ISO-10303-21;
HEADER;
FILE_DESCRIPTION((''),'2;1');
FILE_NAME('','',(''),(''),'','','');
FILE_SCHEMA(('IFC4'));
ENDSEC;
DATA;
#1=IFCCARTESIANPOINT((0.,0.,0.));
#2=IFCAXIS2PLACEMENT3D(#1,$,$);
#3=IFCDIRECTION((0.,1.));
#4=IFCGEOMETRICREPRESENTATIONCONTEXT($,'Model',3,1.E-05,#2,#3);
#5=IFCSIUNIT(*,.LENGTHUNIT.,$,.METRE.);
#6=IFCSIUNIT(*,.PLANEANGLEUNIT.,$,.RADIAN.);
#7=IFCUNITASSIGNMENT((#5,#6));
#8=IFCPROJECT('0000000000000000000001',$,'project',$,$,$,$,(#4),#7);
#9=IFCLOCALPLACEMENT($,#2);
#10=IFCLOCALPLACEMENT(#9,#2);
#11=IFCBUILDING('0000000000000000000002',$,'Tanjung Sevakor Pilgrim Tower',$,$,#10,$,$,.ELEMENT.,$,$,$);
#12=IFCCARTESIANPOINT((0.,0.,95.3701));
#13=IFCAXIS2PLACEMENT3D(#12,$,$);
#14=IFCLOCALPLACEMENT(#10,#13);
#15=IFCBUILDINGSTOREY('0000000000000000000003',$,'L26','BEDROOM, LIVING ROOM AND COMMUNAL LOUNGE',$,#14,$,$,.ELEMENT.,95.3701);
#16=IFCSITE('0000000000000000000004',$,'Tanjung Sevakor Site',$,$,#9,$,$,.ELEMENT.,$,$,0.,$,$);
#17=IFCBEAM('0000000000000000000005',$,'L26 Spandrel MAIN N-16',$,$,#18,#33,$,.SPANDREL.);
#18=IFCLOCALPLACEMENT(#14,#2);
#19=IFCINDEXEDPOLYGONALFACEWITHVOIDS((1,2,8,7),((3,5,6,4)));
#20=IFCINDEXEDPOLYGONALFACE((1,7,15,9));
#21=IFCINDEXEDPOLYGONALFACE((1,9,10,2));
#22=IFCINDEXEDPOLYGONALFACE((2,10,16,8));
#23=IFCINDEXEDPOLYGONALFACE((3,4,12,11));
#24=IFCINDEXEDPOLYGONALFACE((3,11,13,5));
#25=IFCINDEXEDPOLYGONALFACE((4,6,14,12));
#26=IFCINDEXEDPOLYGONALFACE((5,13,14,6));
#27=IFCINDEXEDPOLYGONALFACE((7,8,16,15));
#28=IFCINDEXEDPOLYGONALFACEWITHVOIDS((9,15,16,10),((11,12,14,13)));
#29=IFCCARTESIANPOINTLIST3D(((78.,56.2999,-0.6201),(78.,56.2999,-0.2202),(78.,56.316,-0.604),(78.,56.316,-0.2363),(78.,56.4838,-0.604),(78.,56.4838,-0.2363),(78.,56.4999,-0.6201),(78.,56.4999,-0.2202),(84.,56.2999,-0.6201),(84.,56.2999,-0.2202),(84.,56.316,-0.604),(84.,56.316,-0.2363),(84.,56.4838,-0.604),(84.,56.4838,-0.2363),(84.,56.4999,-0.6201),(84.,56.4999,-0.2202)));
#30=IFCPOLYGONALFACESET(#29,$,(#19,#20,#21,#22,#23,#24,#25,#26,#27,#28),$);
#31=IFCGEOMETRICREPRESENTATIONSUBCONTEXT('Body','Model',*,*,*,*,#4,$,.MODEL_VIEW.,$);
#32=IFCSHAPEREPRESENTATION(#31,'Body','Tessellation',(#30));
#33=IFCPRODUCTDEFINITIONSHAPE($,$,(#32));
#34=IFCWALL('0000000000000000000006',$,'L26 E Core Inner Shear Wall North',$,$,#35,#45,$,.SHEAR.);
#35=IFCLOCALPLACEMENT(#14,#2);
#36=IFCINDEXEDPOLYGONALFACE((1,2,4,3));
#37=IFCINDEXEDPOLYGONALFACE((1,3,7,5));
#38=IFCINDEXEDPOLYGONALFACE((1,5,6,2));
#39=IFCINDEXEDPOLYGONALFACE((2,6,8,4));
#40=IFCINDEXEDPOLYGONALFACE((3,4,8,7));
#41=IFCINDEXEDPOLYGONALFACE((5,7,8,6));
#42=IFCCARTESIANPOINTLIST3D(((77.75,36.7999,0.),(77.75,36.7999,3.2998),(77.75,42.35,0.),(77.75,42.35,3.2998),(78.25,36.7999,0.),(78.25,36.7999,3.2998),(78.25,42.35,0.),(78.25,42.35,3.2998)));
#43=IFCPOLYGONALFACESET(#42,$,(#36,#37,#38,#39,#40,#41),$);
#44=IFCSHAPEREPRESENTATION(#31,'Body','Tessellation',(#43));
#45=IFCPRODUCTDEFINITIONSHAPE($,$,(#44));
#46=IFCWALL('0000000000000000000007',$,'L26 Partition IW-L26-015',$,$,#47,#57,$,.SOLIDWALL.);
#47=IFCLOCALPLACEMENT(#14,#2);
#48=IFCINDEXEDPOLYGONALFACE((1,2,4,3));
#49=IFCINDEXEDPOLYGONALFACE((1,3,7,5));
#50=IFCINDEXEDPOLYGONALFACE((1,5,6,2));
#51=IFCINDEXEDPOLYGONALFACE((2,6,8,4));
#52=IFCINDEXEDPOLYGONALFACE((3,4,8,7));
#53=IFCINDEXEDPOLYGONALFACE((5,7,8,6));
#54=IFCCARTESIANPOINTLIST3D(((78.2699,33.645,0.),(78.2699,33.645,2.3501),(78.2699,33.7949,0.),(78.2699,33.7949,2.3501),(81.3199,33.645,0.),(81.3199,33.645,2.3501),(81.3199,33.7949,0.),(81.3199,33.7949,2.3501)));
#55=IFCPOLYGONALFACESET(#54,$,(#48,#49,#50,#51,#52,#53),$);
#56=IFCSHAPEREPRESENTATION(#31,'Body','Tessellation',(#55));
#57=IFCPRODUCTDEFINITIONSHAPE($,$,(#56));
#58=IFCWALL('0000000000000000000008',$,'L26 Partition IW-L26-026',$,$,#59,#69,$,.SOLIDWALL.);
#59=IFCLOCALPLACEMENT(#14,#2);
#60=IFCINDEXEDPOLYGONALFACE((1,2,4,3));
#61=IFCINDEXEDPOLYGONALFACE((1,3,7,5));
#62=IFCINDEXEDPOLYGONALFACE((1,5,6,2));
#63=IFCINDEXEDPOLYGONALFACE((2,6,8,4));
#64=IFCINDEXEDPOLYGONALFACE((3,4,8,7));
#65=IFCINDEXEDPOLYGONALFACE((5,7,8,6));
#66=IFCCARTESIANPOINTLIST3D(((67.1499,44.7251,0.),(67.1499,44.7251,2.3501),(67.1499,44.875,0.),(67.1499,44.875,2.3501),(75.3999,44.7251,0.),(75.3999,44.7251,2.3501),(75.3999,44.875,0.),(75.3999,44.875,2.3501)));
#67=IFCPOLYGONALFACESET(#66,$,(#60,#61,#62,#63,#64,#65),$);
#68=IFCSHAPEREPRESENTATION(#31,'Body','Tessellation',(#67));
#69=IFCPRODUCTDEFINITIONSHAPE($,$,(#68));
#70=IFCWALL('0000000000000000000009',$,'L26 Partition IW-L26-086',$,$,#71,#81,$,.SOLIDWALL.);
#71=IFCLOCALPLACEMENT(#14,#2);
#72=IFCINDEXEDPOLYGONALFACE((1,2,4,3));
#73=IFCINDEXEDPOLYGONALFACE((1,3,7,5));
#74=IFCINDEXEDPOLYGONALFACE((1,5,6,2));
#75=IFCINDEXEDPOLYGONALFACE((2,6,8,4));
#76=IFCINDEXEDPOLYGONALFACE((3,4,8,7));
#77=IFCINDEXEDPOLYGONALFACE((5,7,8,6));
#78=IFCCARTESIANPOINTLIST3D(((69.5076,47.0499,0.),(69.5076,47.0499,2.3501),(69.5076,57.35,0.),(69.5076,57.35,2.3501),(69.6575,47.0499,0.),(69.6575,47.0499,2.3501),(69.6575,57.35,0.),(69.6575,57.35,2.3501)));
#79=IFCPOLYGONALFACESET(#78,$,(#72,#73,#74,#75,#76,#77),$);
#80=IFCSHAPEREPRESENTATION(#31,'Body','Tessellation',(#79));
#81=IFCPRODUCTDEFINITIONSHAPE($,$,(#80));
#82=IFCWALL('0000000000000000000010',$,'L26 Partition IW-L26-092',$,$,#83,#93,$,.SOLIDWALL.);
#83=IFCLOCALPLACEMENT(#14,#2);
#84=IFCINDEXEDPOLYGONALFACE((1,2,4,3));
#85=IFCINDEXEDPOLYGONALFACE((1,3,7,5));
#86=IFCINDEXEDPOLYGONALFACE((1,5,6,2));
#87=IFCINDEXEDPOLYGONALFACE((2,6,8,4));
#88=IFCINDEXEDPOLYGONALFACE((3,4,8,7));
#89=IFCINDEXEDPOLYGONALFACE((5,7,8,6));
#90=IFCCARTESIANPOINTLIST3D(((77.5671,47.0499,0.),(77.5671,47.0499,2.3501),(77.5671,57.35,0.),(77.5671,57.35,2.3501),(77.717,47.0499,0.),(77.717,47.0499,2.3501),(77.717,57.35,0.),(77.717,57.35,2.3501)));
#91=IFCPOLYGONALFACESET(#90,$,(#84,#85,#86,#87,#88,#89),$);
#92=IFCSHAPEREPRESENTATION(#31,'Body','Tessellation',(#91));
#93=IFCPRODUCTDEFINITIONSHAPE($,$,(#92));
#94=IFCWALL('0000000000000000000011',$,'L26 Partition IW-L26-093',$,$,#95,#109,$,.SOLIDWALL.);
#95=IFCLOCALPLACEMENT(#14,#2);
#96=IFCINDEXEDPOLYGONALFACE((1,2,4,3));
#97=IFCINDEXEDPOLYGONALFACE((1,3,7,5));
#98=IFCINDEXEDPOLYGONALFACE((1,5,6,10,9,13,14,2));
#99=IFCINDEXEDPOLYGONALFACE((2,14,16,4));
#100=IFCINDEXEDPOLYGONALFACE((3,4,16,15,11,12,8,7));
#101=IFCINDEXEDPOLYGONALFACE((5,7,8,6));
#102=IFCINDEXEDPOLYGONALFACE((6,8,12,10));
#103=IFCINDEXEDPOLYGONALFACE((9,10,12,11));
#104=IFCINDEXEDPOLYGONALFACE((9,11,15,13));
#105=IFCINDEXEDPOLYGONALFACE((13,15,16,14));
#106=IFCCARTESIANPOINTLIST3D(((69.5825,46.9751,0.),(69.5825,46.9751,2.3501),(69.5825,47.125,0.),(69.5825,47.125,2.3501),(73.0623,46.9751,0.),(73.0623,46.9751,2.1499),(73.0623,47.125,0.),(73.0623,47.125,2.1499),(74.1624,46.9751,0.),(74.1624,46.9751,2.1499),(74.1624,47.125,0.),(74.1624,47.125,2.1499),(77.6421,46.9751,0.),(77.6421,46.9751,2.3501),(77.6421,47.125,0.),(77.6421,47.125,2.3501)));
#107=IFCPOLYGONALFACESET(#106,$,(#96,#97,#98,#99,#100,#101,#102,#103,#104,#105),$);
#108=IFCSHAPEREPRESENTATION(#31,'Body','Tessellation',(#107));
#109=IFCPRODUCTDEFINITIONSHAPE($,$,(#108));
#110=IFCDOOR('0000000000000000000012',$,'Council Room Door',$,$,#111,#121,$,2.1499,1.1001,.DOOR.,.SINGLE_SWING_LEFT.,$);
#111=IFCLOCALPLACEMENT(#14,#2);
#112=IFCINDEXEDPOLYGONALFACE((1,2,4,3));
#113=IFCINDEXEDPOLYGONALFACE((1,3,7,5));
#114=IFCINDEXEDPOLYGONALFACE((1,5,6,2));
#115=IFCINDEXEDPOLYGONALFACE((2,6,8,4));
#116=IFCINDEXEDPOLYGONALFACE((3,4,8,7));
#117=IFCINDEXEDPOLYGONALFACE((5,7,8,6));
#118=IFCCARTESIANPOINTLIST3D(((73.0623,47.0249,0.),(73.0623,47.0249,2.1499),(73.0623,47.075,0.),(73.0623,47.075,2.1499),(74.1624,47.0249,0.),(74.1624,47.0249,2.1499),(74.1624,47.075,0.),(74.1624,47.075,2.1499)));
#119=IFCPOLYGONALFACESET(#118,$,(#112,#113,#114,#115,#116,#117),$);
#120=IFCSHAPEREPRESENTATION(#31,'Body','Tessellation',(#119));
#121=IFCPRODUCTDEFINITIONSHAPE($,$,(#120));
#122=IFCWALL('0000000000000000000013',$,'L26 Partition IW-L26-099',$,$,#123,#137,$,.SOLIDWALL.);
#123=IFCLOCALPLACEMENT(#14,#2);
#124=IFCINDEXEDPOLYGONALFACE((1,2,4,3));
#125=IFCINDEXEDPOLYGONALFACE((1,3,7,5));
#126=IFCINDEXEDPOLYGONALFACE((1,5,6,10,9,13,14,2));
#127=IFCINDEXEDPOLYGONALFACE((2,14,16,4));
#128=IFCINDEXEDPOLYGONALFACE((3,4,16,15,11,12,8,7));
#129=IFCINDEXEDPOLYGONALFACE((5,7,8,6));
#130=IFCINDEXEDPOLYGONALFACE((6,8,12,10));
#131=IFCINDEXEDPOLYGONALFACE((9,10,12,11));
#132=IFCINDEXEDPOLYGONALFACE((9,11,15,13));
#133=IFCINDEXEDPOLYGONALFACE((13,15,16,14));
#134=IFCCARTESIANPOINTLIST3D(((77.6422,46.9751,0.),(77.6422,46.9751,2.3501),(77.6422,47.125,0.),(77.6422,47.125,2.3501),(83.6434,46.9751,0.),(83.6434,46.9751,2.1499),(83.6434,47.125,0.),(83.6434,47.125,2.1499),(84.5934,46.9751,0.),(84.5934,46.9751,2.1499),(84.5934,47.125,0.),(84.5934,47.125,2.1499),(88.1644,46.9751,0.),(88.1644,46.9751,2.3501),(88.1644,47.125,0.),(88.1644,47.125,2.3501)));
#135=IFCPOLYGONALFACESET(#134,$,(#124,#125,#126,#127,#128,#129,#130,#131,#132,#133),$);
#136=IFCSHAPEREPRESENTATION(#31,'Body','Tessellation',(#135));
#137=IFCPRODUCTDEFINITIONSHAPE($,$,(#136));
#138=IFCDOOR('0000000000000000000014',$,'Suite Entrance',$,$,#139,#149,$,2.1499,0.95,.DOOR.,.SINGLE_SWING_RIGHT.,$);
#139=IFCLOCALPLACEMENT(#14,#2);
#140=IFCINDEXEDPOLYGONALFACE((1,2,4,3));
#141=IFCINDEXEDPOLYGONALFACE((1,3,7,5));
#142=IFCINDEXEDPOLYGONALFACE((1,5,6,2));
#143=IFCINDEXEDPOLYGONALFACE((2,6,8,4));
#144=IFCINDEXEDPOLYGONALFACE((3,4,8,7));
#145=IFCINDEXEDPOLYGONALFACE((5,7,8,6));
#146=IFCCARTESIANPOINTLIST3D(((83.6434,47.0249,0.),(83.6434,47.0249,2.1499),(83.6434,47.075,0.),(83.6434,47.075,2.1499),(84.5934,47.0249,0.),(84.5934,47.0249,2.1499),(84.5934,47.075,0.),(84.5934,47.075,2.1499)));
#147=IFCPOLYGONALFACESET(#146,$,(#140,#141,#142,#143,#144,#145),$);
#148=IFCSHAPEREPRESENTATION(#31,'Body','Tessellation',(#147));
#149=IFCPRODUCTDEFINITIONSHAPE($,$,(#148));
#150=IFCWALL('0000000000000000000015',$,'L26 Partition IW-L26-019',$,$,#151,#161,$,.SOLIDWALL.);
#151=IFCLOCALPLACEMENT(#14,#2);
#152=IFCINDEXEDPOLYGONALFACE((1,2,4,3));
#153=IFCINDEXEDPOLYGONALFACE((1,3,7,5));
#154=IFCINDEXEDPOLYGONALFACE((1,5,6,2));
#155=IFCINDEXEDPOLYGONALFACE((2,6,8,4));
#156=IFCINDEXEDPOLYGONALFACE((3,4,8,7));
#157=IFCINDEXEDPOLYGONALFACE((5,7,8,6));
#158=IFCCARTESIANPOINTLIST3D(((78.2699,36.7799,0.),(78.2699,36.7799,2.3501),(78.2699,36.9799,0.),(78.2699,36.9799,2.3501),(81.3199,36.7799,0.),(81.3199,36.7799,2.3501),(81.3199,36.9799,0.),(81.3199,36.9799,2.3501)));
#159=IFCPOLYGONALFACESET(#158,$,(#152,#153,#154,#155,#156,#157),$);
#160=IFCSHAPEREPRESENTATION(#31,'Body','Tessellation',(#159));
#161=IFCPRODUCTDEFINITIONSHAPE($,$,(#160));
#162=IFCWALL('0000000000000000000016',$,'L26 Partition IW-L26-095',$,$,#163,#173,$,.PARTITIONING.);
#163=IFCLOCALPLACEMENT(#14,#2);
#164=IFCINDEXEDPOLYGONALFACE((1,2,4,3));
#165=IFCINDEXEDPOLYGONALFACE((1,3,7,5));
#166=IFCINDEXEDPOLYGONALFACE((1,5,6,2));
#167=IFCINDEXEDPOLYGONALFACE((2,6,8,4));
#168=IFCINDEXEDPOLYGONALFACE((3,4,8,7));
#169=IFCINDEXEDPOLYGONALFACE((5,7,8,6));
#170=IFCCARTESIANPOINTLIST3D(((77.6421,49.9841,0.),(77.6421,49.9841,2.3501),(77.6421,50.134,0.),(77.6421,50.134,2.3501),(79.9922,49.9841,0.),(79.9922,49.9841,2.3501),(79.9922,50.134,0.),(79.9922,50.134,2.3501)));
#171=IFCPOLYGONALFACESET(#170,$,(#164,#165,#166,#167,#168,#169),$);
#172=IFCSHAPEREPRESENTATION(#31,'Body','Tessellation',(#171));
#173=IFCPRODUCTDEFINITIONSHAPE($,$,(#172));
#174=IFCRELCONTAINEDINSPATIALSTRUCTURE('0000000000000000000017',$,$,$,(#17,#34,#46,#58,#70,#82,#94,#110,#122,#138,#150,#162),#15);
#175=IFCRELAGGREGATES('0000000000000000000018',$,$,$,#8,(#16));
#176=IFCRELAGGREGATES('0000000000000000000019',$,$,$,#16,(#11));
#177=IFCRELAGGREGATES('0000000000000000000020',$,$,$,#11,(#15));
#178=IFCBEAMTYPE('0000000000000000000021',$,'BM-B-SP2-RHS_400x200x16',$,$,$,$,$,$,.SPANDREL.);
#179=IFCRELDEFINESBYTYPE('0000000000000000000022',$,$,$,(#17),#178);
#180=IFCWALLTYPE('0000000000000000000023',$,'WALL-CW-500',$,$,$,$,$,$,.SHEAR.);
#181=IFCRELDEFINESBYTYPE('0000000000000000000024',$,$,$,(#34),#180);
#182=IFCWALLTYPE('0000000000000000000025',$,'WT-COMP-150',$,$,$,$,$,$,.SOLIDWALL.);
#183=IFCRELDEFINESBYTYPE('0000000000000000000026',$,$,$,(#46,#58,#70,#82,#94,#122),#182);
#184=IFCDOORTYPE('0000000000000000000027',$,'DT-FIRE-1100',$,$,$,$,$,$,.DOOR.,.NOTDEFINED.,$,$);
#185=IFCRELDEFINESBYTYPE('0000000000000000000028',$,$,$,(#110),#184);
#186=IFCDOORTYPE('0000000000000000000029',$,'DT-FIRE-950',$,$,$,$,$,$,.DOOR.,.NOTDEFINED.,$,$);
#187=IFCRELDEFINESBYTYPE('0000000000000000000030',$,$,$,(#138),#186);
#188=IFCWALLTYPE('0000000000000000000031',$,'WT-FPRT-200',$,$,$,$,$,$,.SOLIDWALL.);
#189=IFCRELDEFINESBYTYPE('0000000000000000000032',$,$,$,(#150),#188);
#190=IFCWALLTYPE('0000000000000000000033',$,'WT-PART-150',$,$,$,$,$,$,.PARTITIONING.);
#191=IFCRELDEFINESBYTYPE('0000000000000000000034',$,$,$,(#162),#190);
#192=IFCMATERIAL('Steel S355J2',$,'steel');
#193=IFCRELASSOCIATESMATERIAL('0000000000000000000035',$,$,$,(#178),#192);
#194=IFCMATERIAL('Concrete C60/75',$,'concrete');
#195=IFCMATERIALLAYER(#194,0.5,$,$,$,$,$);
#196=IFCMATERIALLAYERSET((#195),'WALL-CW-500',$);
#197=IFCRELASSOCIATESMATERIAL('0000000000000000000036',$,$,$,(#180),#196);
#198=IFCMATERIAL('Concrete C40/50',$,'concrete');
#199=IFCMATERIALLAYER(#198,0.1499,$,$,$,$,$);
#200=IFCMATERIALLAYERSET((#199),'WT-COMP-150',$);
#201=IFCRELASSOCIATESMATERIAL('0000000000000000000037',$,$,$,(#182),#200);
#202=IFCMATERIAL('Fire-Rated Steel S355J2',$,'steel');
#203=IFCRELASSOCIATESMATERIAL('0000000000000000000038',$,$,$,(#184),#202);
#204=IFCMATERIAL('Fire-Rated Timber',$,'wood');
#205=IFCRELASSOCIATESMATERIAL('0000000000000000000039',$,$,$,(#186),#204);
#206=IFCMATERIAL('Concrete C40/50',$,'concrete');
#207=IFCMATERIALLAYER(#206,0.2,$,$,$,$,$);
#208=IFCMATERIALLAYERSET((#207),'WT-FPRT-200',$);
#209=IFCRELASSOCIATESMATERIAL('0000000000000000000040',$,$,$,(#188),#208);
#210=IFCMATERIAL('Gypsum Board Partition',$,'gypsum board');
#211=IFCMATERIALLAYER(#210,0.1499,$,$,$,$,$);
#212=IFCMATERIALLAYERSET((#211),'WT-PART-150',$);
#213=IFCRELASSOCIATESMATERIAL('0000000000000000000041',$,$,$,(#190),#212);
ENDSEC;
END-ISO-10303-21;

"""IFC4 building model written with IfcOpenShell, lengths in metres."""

from ifc_helpers import new_model, si_unit, direction, frame, frame_2d, origin, origin_2d, place, context, subcontext, project, spatial, rectangle, hollow_rectangle, extrude, material, layer, layer_set, material_profile, profile_set, type_object, element, fill, save


model = new_model("IFC4")

# Units and contexts
model_context = context("Model", 3, precision=1e-05, world=origin(), true_north=direction((0.0, 1.0)))
body_context = subcontext(model_context, "Body", "Model", "MODEL_VIEW")
ifc_project = project(units=[si_unit("LENGTHUNIT", "METRE"), si_unit("PLANEANGLEUNIT", "RADIAN")], contexts=[model_context])

# Site, building, storey
site_placement = place(None, origin())
site = spatial("IfcSite", under=ifc_project, at=site_placement, Name="Tanjung Sevakor Site", CompositionType="ELEMENT", RefElevation=0.0)
building_placement = place(site_placement, origin())
building = spatial("IfcBuilding", under=site, at=building_placement, Name="Tanjung Sevakor Pilgrim Tower", CompositionType="ELEMENT")
storey_placement = place(building_placement, frame((0.0, 0.0, 95.3701)))
storey = spatial("IfcBuildingStorey", under=building, at=storey_placement, Name="L26", Description="BEDROOM, LIVING ROOM AND COMMUNAL LOUNGE", CompositionType="ELEMENT", Elevation=95.3701)

# Beam
ifc_material_1 = material(Name="Steel S355J2", Category="steel")
ifc_material_profile_1 = material_profile(ifc_material_1, hollow_rectangle(XDim=0.2, YDim=0.3999, WallThickness=0.0161, at=origin_2d()))
ifc_profile_set_1 = profile_set([ifc_material_profile_1], Name="Steel S355J2")
beam_type_1 = type_object("IfcBeamType", Name="BM-B-SP2-RHS_400x200x16", PredefinedType="SPANDREL", material=ifc_profile_set_1)
for number, where, z_axis, x_axis, name in (
    (1, (78.0, 56.3999, -0.4202), (1.0, 0.0, 0.0), (0.0, 1.0, 0.0), "L26 Spandrel MAIN N-16"),
):
    element("IfcBeam", number, at=place(storey_placement, frame(where, z_axis=z_axis, x_axis=x_axis)), inside=storey, type_object=beam_type_1, Name=name, PredefinedType="SPANDREL", context=body_context, shape_type="SweptSolid", body=[
        extrude(hollow_rectangle(XDim=0.2, YDim=0.3999, WallThickness=0.0161, at=origin_2d()), origin(), (0.0, 0.0, 1.0), 6.0),
    ])

# Walls
ifc_material_2 = material(Name="Concrete C60/75", Category="concrete")
ifc_layer_1 = layer(ifc_material_2, 0.5)
ifc_layer_set_1 = layer_set([ifc_layer_1], Name="WALL-CW-500")
wall_type_1 = type_object("IfcWallType", Name="WALL-CW-500", PredefinedType="SHEAR", material=ifc_layer_set_1)
wall_1_placement = place(storey_placement, frame((78.0, 36.8, 0.0), z_axis=(0.0, 0.0, 1.0), x_axis=(0.0, 1.0, 0.0)))
element("IfcWall", 2, at=wall_1_placement, inside=storey, type_object=wall_type_1, Name="L26 E Core Inner Shear Wall North", PredefinedType="SHEAR", context=body_context, shape_type="SweptSolid", body=[
    extrude(rectangle(XDim=5.55, YDim=0.5, at=frame_2d((2.7749, 0.0))), origin(), (0.0, 0.0, 1.0), 3.2998),
])
ifc_material_3 = material(Name="Concrete C40/50", Category="concrete")
ifc_layer_2 = layer(ifc_material_3, 0.1499)
ifc_layer_set_2 = layer_set([ifc_layer_2], Name="WT-COMP-150")
wall_type_2 = type_object("IfcWallType", Name="WT-COMP-150", PredefinedType="SOLIDWALL", material=ifc_layer_set_2)
wall_2_placement = place(storey_placement, frame((78.27, 33.72, 0.0), z_axis=(0.0, 0.0, 1.0), x_axis=(1.0, 0.0, 0.0)))
element("IfcWall", 3, at=wall_2_placement, inside=storey, type_object=wall_type_2, Name="L26 Partition IW-L26-015", PredefinedType="SOLIDWALL", context=body_context, shape_type="SweptSolid", body=[
    extrude(rectangle(XDim=3.05, YDim=0.1499, at=frame_2d((1.5249, 0.0))), origin(), (0.0, 0.0, 1.0), 2.3501),
])
wall_3_placement = place(storey_placement, frame((67.1499, 44.8, 0.0), z_axis=(0.0, 0.0, 1.0), x_axis=(1.0, 0.0, 0.0)))
element("IfcWall", 4, at=wall_3_placement, inside=storey, type_object=wall_type_2, Name="L26 Partition IW-L26-026", PredefinedType="SOLIDWALL", context=body_context, shape_type="SweptSolid", body=[
    extrude(rectangle(XDim=8.25, YDim=0.1499, at=frame_2d((4.125, 0.0))), origin(), (0.0, 0.0, 1.0), 2.3501),
])
for number, where, z_axis, x_axis, name in (
    (5, (69.5825, 47.05, 0.0), (0.0, 0.0, 1.0), (0.0, 1.0, 0.0), "L26 Partition IW-L26-086"),
    (6, (77.6421, 47.05, 0.0), (0.0, 0.0, 1.0), (0.0, 1.0, 0.0), "L26 Partition IW-L26-092"),
):
    element("IfcWall", number, at=place(storey_placement, frame(where, z_axis=z_axis, x_axis=x_axis)), inside=storey, type_object=wall_type_2, Name=name, PredefinedType="SOLIDWALL", context=body_context, shape_type="SweptSolid", body=[
        extrude(rectangle(XDim=10.3, YDim=0.1499, at=frame_2d((5.1499, 0.0))), origin(), (0.0, 0.0, 1.0), 2.3501),
    ])

# Walls, openings, doors
wall_4_placement = place(storey_placement, frame((69.5825, 47.05, 0.0), z_axis=(0.0, 0.0, 1.0), x_axis=(1.0, 0.0, 0.0)))
wall_4 = element("IfcWall", 7, at=wall_4_placement, inside=storey, type_object=wall_type_2, Name="L26 Partition IW-L26-093", PredefinedType="SOLIDWALL", context=body_context, shape_type="SweptSolid", body=[
    extrude(rectangle(XDim=8.0596, YDim=0.1499, at=frame_2d((4.0298, 0.0))), origin(), (0.0, 0.0, 1.0), 2.3501),
])
opening_1_placement = place(wall_4_placement, frame((3.4797, 0.0, 0.0)))
opening_1 = element("IfcOpeningElement", 8, at=opening_1_placement, cuts=wall_4, PredefinedType="OPENING", context=body_context, shape_type="SweptSolid", body=[
    extrude(rectangle(XDim=1.1001, YDim=2.1499, at=frame_2d((0.55, 1.075))), frame((0.0, 0.085, 0.0), z_axis=(0.0, -1.0, 0.0), x_axis=(1.0, 0.0, 0.0)), (0.0, 0.0, 1.0), 0.1699),
])
ifc_material_4 = material(Name="Fire-Rated Steel S355J2", Category="steel")
door_type_1 = type_object("IfcDoorType", Name="DT-FIRE-1100", OperationType="NOTDEFINED", PredefinedType="DOOR", material=ifc_material_4)
door_1_placement = place(opening_1_placement, origin())
door_1 = element("IfcDoor", 9, at=door_1_placement, inside=storey, type_object=door_type_1, Name="Council Room Door", OperationType="SINGLE_SWING_LEFT", OverallHeight=2.1499, OverallWidth=1.1001, PredefinedType="DOOR", context=body_context, shape_type="SweptSolid", body=[
    extrude(rectangle(XDim=1.1001, YDim=2.1499, at=frame_2d((0.55, 1.075))), frame((0.0, 0.0249, 0.0), z_axis=(0.0, -1.0, 0.0), x_axis=(1.0, 0.0, 0.0)), (0.0, 0.0, 1.0), 0.05),
])
fill(opening_1, door_1)
wall_5_placement = place(storey_placement, frame((77.6421, 47.05, 0.0), z_axis=(0.0, 0.0, 1.0), x_axis=(1.0, 0.0, 0.0)))
wall_5 = element("IfcWall", 10, at=wall_5_placement, inside=storey, type_object=wall_type_2, Name="L26 Partition IW-L26-099", PredefinedType="SOLIDWALL", context=body_context, shape_type="SweptSolid", body=[
    extrude(rectangle(XDim=10.5222, YDim=0.1499, at=frame_2d((5.2612, 0.0))), origin(), (0.0, 0.0, 1.0), 2.3501),
])
opening_2_placement = place(wall_5_placement, frame((6.0012, 0.0, 0.0)))
opening_2 = element("IfcOpeningElement", 11, at=opening_2_placement, cuts=wall_5, PredefinedType="OPENING", context=body_context, shape_type="SweptSolid", body=[
    extrude(rectangle(XDim=0.95, YDim=2.1499, at=frame_2d((0.4751, 1.075))), frame((0.0, 0.085, 0.0), z_axis=(0.0, -1.0, 0.0), x_axis=(1.0, 0.0, 0.0)), (0.0, 0.0, 1.0), 0.1699),
])
ifc_material_5 = material(Name="Fire-Rated Timber", Category="wood")
door_type_2 = type_object("IfcDoorType", Name="DT-FIRE-950", OperationType="NOTDEFINED", PredefinedType="DOOR", material=ifc_material_5)
door_2_placement = place(opening_2_placement, origin())
door_2 = element("IfcDoor", 12, at=door_2_placement, inside=storey, type_object=door_type_2, Name="Suite Entrance", OperationType="SINGLE_SWING_RIGHT", OverallHeight=2.1499, OverallWidth=0.95, PredefinedType="DOOR", context=body_context, shape_type="SweptSolid", body=[
    extrude(rectangle(XDim=0.95, YDim=2.1499, at=frame_2d((0.4751, 1.075))), frame((0.0, 0.0249, 0.0), z_axis=(0.0, -1.0, 0.0), x_axis=(1.0, 0.0, 0.0)), (0.0, 0.0, 1.0), 0.05),
])
fill(opening_2, door_2)

# Walls
ifc_material_6 = material(Name="Concrete C40/50", Category="concrete")
ifc_layer_3 = layer(ifc_material_6, 0.2)
ifc_layer_set_3 = layer_set([ifc_layer_3], Name="WT-FPRT-200")
wall_type_3 = type_object("IfcWallType", Name="WT-FPRT-200", PredefinedType="SOLIDWALL", material=ifc_layer_set_3)
wall_6_placement = place(storey_placement, frame((78.27, 36.8799, 0.0), z_axis=(0.0, 0.0, 1.0), x_axis=(1.0, 0.0, 0.0)))
element("IfcWall", 13, at=wall_6_placement, inside=storey, type_object=wall_type_3, Name="L26 Partition IW-L26-019", PredefinedType="SOLIDWALL", context=body_context, shape_type="SweptSolid", body=[
    extrude(rectangle(XDim=3.05, YDim=0.2, at=frame_2d((1.5249, 0.0))), origin(), (0.0, 0.0, 1.0), 2.3501),
])
ifc_material_7 = material(Name="Gypsum Board Partition", Category="gypsum board")
ifc_layer_4 = layer(ifc_material_7, 0.1499)
ifc_layer_set_4 = layer_set([ifc_layer_4], Name="WT-PART-150")
wall_type_4 = type_object("IfcWallType", Name="WT-PART-150", PredefinedType="PARTITIONING", material=ifc_layer_set_4)
wall_7_placement = place(storey_placement, frame((77.6421, 50.0591, 0.0), z_axis=(0.0, 0.0, 1.0), x_axis=(1.0, 0.0, 0.0)))
element("IfcWall", 14, at=wall_7_placement, inside=storey, type_object=wall_type_4, Name="L26 Partition IW-L26-095", PredefinedType="PARTITIONING", context=body_context, shape_type="SweptSolid", body=[
    extrude(rectangle(XDim=2.3501, YDim=0.1499, at=frame_2d((1.175, 0.0))), origin(), (0.0, 0.0, 1.0), 2.3501),
])

save(model, "model.ifc")
